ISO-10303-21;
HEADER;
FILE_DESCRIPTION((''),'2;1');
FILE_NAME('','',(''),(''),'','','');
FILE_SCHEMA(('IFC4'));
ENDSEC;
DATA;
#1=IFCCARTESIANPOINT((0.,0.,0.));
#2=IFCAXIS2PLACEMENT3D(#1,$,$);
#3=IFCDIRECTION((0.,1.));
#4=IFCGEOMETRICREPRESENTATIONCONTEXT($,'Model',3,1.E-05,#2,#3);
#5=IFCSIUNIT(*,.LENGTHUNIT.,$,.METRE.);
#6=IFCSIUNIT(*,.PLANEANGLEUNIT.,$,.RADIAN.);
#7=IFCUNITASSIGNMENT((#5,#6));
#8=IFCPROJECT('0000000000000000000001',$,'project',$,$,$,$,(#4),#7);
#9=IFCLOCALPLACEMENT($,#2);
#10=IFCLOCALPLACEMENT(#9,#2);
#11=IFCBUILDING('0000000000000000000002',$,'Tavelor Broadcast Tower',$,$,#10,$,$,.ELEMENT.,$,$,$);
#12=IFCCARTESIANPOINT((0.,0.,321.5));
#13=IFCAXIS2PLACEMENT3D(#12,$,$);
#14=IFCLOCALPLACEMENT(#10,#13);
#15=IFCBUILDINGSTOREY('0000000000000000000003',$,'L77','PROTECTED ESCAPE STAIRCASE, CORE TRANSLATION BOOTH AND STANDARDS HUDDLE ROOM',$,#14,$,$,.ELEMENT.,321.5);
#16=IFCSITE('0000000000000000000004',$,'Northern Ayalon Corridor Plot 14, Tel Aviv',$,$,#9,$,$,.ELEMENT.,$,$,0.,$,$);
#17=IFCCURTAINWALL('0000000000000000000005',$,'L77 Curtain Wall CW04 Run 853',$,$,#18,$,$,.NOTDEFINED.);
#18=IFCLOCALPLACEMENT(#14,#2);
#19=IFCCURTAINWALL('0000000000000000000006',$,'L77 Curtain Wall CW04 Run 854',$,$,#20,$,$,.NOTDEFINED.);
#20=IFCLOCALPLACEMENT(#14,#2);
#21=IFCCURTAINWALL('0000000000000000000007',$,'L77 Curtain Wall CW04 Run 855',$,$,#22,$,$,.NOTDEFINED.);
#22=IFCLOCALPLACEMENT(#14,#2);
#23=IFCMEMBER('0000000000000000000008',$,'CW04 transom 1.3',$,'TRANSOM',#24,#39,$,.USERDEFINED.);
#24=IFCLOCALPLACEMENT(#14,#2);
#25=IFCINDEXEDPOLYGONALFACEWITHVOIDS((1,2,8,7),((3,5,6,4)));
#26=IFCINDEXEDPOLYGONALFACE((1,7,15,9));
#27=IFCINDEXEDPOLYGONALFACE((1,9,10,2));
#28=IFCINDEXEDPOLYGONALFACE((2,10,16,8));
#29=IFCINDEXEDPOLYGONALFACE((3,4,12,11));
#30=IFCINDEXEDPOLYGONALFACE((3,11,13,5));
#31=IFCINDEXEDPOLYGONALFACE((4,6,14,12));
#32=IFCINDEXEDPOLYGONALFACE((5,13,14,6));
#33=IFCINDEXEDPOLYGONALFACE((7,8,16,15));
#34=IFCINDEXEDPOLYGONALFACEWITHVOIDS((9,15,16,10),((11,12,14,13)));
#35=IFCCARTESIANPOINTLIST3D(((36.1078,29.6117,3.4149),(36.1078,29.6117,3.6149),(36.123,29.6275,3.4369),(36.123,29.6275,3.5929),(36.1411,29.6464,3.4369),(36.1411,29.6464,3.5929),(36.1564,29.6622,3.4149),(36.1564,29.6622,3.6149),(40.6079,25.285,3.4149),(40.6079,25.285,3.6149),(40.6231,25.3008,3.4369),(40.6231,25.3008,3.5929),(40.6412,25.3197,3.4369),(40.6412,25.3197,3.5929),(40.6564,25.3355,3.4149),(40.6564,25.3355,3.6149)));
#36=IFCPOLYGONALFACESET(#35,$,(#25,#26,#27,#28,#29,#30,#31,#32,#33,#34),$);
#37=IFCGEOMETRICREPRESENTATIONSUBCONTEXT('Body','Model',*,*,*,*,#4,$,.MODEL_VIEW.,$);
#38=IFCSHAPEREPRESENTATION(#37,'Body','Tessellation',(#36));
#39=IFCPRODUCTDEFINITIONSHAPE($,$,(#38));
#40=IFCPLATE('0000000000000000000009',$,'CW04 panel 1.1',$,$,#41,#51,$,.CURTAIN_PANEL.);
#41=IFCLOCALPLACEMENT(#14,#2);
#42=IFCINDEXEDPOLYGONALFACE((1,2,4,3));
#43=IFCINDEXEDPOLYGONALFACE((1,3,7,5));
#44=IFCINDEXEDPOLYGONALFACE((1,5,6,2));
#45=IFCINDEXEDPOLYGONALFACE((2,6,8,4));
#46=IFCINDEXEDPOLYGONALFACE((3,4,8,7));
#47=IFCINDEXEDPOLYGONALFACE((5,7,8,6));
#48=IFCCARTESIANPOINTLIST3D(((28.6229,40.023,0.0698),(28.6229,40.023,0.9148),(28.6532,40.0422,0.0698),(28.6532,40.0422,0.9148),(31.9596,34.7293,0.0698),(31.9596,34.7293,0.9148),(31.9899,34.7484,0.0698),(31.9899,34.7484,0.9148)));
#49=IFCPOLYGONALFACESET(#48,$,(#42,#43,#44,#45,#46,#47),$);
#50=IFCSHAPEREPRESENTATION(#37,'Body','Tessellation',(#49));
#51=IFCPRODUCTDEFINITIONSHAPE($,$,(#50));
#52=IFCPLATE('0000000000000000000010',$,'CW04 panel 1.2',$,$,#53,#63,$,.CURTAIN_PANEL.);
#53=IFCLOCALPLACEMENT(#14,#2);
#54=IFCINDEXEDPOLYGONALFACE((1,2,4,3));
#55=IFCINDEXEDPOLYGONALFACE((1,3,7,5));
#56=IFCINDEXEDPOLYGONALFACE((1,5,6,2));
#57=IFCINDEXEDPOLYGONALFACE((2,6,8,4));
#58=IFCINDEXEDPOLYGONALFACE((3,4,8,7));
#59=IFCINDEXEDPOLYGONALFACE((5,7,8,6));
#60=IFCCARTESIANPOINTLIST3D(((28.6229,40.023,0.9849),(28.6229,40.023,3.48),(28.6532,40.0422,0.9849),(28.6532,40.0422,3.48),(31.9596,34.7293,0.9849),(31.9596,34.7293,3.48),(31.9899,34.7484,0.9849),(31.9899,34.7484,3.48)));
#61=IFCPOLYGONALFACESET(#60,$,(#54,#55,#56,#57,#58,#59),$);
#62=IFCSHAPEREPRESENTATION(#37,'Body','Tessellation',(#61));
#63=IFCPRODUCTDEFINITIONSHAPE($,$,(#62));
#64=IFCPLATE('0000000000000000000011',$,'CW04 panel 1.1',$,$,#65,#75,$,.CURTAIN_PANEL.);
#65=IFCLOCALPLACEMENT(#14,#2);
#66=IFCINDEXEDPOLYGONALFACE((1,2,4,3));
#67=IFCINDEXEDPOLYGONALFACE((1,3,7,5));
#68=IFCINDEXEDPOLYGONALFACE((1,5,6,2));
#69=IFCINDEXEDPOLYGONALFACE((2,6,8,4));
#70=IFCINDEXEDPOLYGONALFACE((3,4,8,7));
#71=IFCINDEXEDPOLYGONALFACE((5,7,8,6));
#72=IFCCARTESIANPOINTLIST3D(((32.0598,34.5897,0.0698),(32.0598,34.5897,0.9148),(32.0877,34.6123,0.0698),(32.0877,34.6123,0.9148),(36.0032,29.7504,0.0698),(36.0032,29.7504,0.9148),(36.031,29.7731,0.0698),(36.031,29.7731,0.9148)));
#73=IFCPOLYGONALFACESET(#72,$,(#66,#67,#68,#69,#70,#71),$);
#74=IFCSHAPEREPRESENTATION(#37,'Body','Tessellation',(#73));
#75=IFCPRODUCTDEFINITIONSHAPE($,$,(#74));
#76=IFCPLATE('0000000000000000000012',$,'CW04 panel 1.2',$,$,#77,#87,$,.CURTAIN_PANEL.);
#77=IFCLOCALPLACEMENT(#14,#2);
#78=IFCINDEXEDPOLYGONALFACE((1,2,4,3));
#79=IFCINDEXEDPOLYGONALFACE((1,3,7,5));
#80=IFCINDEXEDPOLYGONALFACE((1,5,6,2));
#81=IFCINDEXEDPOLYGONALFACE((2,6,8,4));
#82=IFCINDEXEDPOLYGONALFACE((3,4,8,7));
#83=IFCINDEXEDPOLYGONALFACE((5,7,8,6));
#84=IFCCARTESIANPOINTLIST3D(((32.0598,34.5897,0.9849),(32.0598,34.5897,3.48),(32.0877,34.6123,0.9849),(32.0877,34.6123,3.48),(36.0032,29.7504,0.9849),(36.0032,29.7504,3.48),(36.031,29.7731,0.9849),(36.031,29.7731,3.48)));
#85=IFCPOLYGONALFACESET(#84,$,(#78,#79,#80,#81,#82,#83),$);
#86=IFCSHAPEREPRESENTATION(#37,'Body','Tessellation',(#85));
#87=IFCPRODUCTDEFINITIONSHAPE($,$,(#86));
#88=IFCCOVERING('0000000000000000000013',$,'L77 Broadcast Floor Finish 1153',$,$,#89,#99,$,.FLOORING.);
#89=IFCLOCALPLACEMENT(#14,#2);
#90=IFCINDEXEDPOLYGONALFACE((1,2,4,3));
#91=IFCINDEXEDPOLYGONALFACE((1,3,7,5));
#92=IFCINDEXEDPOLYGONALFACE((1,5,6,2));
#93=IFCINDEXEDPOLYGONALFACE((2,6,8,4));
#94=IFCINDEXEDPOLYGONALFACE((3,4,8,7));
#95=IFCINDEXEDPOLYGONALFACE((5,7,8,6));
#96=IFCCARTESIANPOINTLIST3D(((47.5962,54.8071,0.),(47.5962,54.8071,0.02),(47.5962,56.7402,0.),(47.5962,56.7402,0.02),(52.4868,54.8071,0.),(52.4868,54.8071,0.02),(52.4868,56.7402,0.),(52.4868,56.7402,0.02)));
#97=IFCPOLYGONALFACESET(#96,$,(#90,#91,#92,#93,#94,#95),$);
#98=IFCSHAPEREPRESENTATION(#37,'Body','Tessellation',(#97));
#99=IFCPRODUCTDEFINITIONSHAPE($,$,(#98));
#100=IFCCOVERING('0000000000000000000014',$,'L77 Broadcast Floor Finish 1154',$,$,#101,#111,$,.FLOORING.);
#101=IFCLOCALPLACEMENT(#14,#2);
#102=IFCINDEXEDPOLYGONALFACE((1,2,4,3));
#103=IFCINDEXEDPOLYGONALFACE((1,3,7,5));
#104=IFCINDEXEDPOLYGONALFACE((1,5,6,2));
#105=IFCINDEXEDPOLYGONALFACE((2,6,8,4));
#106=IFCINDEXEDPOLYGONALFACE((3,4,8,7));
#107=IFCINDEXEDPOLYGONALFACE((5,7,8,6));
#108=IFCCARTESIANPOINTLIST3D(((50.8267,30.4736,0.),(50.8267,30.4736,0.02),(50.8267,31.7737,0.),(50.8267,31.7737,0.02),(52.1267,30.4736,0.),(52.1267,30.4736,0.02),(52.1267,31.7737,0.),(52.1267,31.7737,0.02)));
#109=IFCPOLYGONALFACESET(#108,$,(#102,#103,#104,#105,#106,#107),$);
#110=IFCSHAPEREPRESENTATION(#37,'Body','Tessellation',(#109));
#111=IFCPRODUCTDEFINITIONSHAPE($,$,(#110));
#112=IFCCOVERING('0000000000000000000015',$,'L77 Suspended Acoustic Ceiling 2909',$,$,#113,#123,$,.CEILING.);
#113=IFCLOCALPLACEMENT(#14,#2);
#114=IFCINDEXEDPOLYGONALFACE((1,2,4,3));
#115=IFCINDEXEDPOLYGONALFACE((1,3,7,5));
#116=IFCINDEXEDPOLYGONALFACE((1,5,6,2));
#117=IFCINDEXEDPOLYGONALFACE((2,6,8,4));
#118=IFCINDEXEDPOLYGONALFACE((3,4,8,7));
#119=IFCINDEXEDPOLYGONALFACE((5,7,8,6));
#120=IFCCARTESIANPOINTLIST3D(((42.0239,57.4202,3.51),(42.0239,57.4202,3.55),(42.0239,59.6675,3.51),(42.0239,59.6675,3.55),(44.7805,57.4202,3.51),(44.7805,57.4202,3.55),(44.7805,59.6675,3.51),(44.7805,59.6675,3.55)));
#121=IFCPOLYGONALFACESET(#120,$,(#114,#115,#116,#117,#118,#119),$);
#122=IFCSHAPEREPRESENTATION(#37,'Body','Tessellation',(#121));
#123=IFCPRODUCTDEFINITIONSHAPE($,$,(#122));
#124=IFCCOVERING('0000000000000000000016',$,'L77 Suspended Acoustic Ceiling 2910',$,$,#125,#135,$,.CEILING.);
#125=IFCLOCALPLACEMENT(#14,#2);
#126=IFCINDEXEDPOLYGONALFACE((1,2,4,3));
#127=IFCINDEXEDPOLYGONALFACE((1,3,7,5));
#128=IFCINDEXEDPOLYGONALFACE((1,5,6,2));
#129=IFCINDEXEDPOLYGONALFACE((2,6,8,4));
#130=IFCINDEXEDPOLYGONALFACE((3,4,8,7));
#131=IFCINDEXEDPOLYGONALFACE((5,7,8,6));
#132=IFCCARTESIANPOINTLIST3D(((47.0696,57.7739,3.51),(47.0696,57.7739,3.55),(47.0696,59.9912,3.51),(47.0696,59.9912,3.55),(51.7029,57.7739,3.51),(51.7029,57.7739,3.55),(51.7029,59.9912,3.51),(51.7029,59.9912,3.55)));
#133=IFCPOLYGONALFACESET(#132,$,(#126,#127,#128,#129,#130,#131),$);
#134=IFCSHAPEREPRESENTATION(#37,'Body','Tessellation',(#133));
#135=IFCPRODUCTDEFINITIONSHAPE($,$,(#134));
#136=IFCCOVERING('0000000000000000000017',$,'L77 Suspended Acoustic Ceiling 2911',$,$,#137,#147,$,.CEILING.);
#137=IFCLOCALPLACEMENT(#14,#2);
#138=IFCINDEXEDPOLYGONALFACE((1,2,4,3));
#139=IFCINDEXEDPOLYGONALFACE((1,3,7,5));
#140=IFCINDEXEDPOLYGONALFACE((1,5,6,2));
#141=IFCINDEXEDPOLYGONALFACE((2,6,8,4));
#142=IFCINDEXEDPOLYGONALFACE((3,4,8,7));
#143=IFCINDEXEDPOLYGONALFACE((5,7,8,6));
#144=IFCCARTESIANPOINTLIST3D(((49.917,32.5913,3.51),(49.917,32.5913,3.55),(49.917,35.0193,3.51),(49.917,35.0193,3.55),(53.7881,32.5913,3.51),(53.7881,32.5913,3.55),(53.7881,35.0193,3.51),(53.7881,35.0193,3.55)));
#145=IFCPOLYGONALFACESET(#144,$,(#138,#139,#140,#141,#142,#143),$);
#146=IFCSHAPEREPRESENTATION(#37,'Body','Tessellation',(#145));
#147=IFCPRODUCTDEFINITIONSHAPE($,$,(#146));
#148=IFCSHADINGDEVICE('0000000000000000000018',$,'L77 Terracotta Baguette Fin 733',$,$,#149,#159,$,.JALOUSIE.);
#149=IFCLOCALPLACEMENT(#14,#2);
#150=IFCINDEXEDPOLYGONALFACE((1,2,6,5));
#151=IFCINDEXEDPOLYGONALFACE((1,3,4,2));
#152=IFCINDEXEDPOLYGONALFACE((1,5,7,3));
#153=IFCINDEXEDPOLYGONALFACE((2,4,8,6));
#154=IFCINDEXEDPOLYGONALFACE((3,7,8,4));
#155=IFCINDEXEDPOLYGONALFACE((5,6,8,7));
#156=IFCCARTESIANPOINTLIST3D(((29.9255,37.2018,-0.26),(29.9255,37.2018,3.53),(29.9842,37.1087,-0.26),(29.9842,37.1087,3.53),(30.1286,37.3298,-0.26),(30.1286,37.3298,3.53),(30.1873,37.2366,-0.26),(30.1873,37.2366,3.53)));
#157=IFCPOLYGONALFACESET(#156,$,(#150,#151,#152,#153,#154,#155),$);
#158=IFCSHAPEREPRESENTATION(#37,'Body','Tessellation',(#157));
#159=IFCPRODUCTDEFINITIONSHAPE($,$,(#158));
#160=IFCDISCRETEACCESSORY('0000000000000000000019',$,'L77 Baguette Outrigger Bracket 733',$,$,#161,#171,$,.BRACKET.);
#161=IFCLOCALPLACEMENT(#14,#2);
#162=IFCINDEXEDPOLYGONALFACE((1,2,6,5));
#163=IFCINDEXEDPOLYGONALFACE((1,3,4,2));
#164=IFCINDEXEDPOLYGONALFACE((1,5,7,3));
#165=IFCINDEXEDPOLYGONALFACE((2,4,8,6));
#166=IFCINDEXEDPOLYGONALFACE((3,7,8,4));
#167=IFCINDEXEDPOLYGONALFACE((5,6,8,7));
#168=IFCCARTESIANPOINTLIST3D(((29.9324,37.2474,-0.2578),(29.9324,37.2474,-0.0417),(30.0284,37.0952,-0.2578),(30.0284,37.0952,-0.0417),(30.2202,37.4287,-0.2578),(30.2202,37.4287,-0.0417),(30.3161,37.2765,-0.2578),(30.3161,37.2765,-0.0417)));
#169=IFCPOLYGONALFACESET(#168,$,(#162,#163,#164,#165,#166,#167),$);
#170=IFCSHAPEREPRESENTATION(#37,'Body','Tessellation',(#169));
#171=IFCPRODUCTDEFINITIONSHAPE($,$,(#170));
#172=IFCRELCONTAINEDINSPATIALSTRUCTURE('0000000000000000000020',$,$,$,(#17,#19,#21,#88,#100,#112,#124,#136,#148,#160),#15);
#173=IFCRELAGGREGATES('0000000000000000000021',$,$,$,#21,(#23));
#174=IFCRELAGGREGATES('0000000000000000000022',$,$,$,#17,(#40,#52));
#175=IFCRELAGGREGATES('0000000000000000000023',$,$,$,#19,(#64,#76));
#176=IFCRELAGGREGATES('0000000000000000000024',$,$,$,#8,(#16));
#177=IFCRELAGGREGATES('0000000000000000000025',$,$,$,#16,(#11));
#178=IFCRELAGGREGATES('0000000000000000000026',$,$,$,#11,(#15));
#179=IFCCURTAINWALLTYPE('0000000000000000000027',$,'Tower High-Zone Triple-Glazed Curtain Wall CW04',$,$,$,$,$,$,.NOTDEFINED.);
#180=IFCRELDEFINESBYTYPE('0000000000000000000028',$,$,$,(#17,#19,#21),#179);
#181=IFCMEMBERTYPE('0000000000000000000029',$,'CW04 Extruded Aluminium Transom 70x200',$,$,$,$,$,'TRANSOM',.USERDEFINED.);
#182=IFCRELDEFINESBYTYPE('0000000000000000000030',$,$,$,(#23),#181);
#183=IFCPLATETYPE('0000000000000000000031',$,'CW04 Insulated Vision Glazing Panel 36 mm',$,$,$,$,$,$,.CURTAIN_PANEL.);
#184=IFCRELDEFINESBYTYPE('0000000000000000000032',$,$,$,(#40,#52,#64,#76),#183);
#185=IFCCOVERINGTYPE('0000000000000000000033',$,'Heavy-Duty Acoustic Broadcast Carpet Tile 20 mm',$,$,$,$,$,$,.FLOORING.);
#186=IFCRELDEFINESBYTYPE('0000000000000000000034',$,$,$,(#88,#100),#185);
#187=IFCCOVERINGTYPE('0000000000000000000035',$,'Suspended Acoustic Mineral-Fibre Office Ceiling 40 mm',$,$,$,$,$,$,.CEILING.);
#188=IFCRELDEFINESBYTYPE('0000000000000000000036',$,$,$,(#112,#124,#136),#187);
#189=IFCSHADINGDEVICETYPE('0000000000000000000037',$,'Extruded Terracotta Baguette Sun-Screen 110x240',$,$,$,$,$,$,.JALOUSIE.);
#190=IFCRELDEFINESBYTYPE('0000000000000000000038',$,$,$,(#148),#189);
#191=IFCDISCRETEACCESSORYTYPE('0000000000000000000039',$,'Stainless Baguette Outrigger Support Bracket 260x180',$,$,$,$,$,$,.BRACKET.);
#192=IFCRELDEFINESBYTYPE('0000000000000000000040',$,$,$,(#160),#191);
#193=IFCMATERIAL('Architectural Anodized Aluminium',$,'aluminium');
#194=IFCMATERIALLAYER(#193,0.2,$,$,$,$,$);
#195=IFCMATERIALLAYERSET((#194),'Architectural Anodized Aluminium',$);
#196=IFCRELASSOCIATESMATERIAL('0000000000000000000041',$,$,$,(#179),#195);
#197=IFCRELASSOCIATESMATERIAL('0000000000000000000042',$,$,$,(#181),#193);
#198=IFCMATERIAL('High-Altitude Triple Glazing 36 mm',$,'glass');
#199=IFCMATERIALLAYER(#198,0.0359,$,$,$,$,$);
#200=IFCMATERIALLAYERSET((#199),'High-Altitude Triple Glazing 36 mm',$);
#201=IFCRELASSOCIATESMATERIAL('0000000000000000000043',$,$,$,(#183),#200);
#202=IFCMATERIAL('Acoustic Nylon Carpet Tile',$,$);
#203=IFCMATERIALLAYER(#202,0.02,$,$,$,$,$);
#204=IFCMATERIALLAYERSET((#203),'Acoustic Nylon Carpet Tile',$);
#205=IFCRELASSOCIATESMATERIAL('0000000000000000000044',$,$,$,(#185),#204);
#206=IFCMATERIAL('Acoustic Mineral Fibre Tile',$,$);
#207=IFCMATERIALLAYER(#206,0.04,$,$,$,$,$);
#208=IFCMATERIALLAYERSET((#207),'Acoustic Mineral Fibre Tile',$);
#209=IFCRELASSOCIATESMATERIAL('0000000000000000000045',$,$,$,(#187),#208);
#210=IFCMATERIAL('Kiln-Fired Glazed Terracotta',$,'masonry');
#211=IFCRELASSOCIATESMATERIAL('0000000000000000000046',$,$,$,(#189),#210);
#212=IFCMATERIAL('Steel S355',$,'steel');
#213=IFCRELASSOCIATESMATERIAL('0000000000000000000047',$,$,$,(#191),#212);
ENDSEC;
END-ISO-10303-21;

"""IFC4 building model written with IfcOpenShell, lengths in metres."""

from ifc_helpers import new_model, si_unit, direction, frame, origin, origin_2d, place, context, subcontext, project, spatial, polyline, rectangle, hollow_rectangle, outline, extrude, source, transform, mapped, material, layer, layer_set, material_profile, profile_set, type_object, type_shapes, element, aggregate, save


model = new_model("IFC4")

# Units and contexts
model_context = context("Model", 3, precision=1e-05, world=origin(), true_north=direction((0.0, 1.0)))
body_context = subcontext(model_context, "Body", "Model", "MODEL_VIEW")
ifc_project = project(units=[si_unit("LENGTHUNIT", "METRE"), si_unit("PLANEANGLEUNIT", "RADIAN")], contexts=[model_context])

# Site, building, storey
site_placement = place(None, origin())
site = spatial("IfcSite", under=ifc_project, at=site_placement, Name="Northern Ayalon Corridor Plot 14, Tel Aviv", CompositionType="ELEMENT", RefElevation=0.0)
building_placement = place(site_placement, origin())
building = spatial("IfcBuilding", under=site, at=building_placement, Name="Tavelor Broadcast Tower", CompositionType="ELEMENT")
storey_placement = place(building_placement, frame((0.0, 0.0, 321.5)))
storey = spatial("IfcBuildingStorey", under=building, at=storey_placement, Name="L77", Description="PROTECTED ESCAPE STAIRCASE, CORE TRANSLATION BOOTH AND STANDARDS HUDDLE ROOM", CompositionType="ELEMENT", Elevation=321.5)

# Curtain wall
ifc_material_1 = material(Name="Architectural Anodized Aluminium", Category="aluminium")
ifc_layer_1 = layer(ifc_material_1, 0.2)
ifc_layer_set_1 = layer_set([ifc_layer_1], Name="Architectural Anodized Aluminium")
curtain_wall_type = type_object("IfcCurtainWallType", Name="Tower High-Zone Triple-Glazed Curtain Wall CW04", PredefinedType="NOTDEFINED", material=ifc_layer_set_1)
curtain_wall_1_placement = place(storey_placement, origin())
curtain_wall_1 = element("IfcCurtainWall", 1, at=curtain_wall_1_placement, inside=storey, type_object=curtain_wall_type, Name="L77 Curtain Wall CW04 Run 853", PredefinedType="NOTDEFINED")

# Curtain wall
curtain_wall_2_placement = place(storey_placement, origin())
curtain_wall_2 = element("IfcCurtainWall", 2, at=curtain_wall_2_placement, inside=storey, type_object=curtain_wall_type, Name="L77 Curtain Wall CW04 Run 854", PredefinedType="NOTDEFINED")

# Curtain wall
curtain_wall_3_placement = place(storey_placement, origin())
curtain_wall_3 = element("IfcCurtainWall", 3, at=curtain_wall_3_placement, inside=storey, type_object=curtain_wall_type, Name="L77 Curtain Wall CW04 Run 855", PredefinedType="NOTDEFINED")

# Member
ifc_material_profile_1 = material_profile(ifc_material_1, hollow_rectangle(XDim=0.0701, YDim=0.2, WallThickness=0.022, at=origin_2d()), Name="RHS 70x200x22")
ifc_profile_set_1 = profile_set([ifc_material_profile_1], Name="Architectural Anodized Aluminium")
member_type_1 = type_object("IfcMemberType", Name="CW04 Extruded Aluminium Transom 70x200", ElementType="TRANSOM", PredefinedType="USERDEFINED", material=ifc_profile_set_1)
shared_shape_1 = source(origin(), body_context, "Body", "SweptSolid", [
    extrude(hollow_rectangle(XDim=0.0701, YDim=0.2, WallThickness=0.022, at=origin_2d()), origin(), (0.0, 0.0, 1.0), 6.2427),
])
member_1_placement = place(storey_placement, frame((36.1321, 29.637, 3.5149), z_axis=(0.720854, -0.693087, 0.0), x_axis=(0.693087, 0.720854, 0.0)))
member_1 = element("IfcMember", 4, at=member_1_placement, type_object=member_type_1, Name="CW04 transom 1.3", ObjectType="TRANSOM", PredefinedType="USERDEFINED", context=body_context, shape_type="MappedRepresentation", body=[
    mapped(shared_shape_1, transform((0.0, 0.0, 0.0), scale=1.0)),
])
aggregate(curtain_wall_3, [member_1])

# Plates
ifc_material_2 = material(Name="High-Altitude Triple Glazing 36 mm", Category="glass")
ifc_layer_2 = layer(ifc_material_2, 0.0359)
ifc_layer_set_2 = layer_set([ifc_layer_2], Name="High-Altitude Triple Glazing 36 mm")
plate_type = type_object("IfcPlateType", Name="CW04 Insulated Vision Glazing Panel 36 mm", PredefinedType="CURTAIN_PANEL", material=ifc_layer_set_2)
shared_shape_2 = source(origin(), body_context, "Body", "SweptSolid", [
    extrude(rectangle(XDim=6.2576, YDim=0.0359, at=origin_2d()), origin(), (0.0, 0.0, 1.0), 0.845),
])
plate_1_placement = place(storey_placement, frame((30.3064, 37.3857, 0.0698), z_axis=(0.0, 0.0, 1.0), x_axis=(0.533225, -0.845973, 0.0)))
plate_1 = element("IfcPlate", 5, at=plate_1_placement, type_object=plate_type, Name="CW04 panel 1.1", PredefinedType="CURTAIN_PANEL", context=body_context, shape_type="MappedRepresentation", body=[
    mapped(shared_shape_2, transform((0.0, 0.0, 0.0), scale=1.0)),
])
shared_shape_3 = source(origin(), body_context, "Body", "SweptSolid", [
    extrude(rectangle(XDim=6.2576, YDim=0.0359, at=origin_2d()), origin(), (0.0, 0.0, 1.0), 2.4951),
])
plate_2_placement = place(storey_placement, frame((30.3064, 37.3857, 0.9849), z_axis=(0.0, 0.0, 1.0), x_axis=(0.533225, -0.845973, 0.0)))
plate_2 = element("IfcPlate", 6, at=plate_2_placement, type_object=plate_type, Name="CW04 panel 1.2", PredefinedType="CURTAIN_PANEL", context=body_context, shape_type="MappedRepresentation", body=[
    mapped(shared_shape_3, transform((0.0, 0.0, 0.0), scale=1.0)),
])
aggregate(curtain_wall_1, [plate_1, plate_2])
shared_shape_4 = source(origin(), body_context, "Body", "SweptSolid", [
    extrude(rectangle(XDim=6.2424, YDim=0.0359, at=origin_2d()), origin(), (0.0, 0.0, 1.0), 0.845),
])
plate_3_placement = place(storey_placement, frame((34.0454, 32.1814, 0.0698), z_axis=(0.0, 0.0, 1.0), x_axis=(0.631697, -0.775215, 0.0)))
plate_3 = element("IfcPlate", 7, at=plate_3_placement, type_object=plate_type, Name="CW04 panel 1.1", PredefinedType="CURTAIN_PANEL", context=body_context, shape_type="MappedRepresentation", body=[
    mapped(shared_shape_4, transform((0.0, 0.0, 0.0), scale=1.0)),
])
shared_shape_5 = source(origin(), body_context, "Body", "SweptSolid", [
    extrude(rectangle(XDim=6.2424, YDim=0.0359, at=origin_2d()), origin(), (0.0, 0.0, 1.0), 2.4951),
])
type_shapes(plate_type, [shared_shape_2, shared_shape_3, shared_shape_4, shared_shape_5])
plate_4_placement = place(storey_placement, frame((34.0454, 32.1814, 0.9849), z_axis=(0.0, 0.0, 1.0), x_axis=(0.631697, -0.775215, 0.0)))
plate_4 = element("IfcPlate", 8, at=plate_4_placement, type_object=plate_type, Name="CW04 panel 1.2", PredefinedType="CURTAIN_PANEL", context=body_context, shape_type="MappedRepresentation", body=[
    mapped(shared_shape_5, transform((0.0, 0.0, 0.0), scale=1.0)),
])
aggregate(curtain_wall_2, [plate_3, plate_4])

# Coverings
ifc_material_3 = material(Name="Acoustic Nylon Carpet Tile")
ifc_layer_3 = layer(ifc_material_3, 0.02)
ifc_layer_set_3 = layer_set([ifc_layer_3], Name="Acoustic Nylon Carpet Tile")
covering_type_1 = type_object("IfcCoveringType", Name="Heavy-Duty Acoustic Broadcast Carpet Tile 20 mm", PredefinedType="FLOORING", material=ifc_layer_set_3)
covering_1_placement = place(storey_placement, origin())
element("IfcCovering", 9, at=covering_1_placement, inside=storey, type_object=covering_type_1, Name="L77 Broadcast Floor Finish 1153", PredefinedType="FLOORING", context=body_context, shape_type="SweptSolid", body=[
    extrude(outline(polyline([(47.5962, 54.8071), (52.4868, 54.8071), (52.4868, 56.7402), (47.5962, 56.7402), (47.5962, 54.8071)])), origin(), (0.0, 0.0, 1.0), 0.02),
])
covering_2_placement = place(storey_placement, origin())
element("IfcCovering", 10, at=covering_2_placement, inside=storey, type_object=covering_type_1, Name="L77 Broadcast Floor Finish 1154", PredefinedType="FLOORING", context=body_context, shape_type="SweptSolid", body=[
    extrude(outline(polyline([(50.8267, 30.4736), (52.1267, 30.4736), (52.1267, 31.7737), (50.8267, 31.7737), (50.8267, 30.4736)])), origin(), (0.0, 0.0, 1.0), 0.02),
])
ifc_material_4 = material(Name="Acoustic Mineral Fibre Tile")
ifc_layer_4 = layer(ifc_material_4, 0.04)
ifc_layer_set_4 = layer_set([ifc_layer_4], Name="Acoustic Mineral Fibre Tile")
covering_type_2 = type_object("IfcCoveringType", Name="Suspended Acoustic Mineral-Fibre Office Ceiling 40 mm", PredefinedType="CEILING", material=ifc_layer_set_4)
covering_3_placement = place(storey_placement, frame((0.0, 0.0, 3.51)))
element("IfcCovering", 11, at=covering_3_placement, inside=storey, type_object=covering_type_2, Name="L77 Suspended Acoustic Ceiling 2909", PredefinedType="CEILING", context=body_context, shape_type="SweptSolid", body=[
    extrude(outline(polyline([(42.0239, 57.4202), (44.7805, 57.4202), (44.7805, 59.6675), (42.0239, 59.6675), (42.0239, 57.4202)])), origin(), (0.0, 0.0, 1.0), 0.04),
])
covering_4_placement = place(storey_placement, frame((0.0, 0.0, 3.51)))
element("IfcCovering", 12, at=covering_4_placement, inside=storey, type_object=covering_type_2, Name="L77 Suspended Acoustic Ceiling 2910", PredefinedType="CEILING", context=body_context, shape_type="SweptSolid", body=[
    extrude(outline(polyline([(47.0696, 57.7739), (51.7029, 57.7739), (51.7029, 59.9912), (47.0696, 59.9912), (47.0696, 57.7739)])), origin(), (0.0, 0.0, 1.0), 0.04),
])
covering_5_placement = place(storey_placement, frame((0.0, 0.0, 3.51)))
element("IfcCovering", 13, at=covering_5_placement, inside=storey, type_object=covering_type_2, Name="L77 Suspended Acoustic Ceiling 2911", PredefinedType="CEILING", context=body_context, shape_type="SweptSolid", body=[
    extrude(outline(polyline([(49.917, 32.5913), (53.7881, 32.5913), (53.7881, 35.0193), (49.917, 35.0193), (49.917, 32.5913)])), origin(), (0.0, 0.0, 1.0), 0.04),
])

# Shading device
ifc_material_5 = material(Name="Kiln-Fired Glazed Terracotta", Category="masonry")
shading_device_type = type_object("IfcShadingDeviceType", Name="Extruded Terracotta Baguette Sun-Screen 110x240", PredefinedType="JALOUSIE", material=ifc_material_5)
shared_shape_6 = source(origin(), body_context, "Body", "SweptSolid", [
    extrude(rectangle(XDim=0.1101, YDim=0.24, at=origin_2d()), origin(), (0.0, 0.0, 1.0), 3.79),
])
type_shapes(shading_device_type, [shared_shape_6])
shading_device_placement = place(storey_placement, frame((30.0564, 37.2192, -0.26), z_axis=(0.0, 0.0, 1.0), x_axis=(0.533172, -0.846007, 0.0)))
element("IfcShadingDevice", 14, at=shading_device_placement, inside=storey, type_object=shading_device_type, Name="L77 Terracotta Baguette Fin 733", PredefinedType="JALOUSIE", context=body_context, shape_type="MappedRepresentation", body=[
    mapped(shared_shape_6, transform((0.0, 0.0, 0.0), scale=1.0)),
])

# Discrete accessory
ifc_material_6 = material(Name="Steel S355", Category="steel")
discrete_accessory_type = type_object("IfcDiscreteAccessoryType", Name="Stainless Baguette Outrigger Support Bracket 260x180", PredefinedType="BRACKET", material=ifc_material_6)
shared_shape_7 = source(origin(), body_context, "Body", "SweptSolid", [
    extrude(rectangle(XDim=0.1799, YDim=0.3401, at=origin_2d()), origin(), (0.0, 0.0, 1.0), 0.2161),
])
type_shapes(discrete_accessory_type, [shared_shape_7])
discrete_accessory_placement = place(storey_placement, frame((30.1243, 37.262, -0.2578), z_axis=(0.0, 0.0, 1.0), x_axis=(0.533172, -0.846007, 0.0)))
element("IfcDiscreteAccessory", 15, at=discrete_accessory_placement, inside=storey, type_object=discrete_accessory_type, Name="L77 Baguette Outrigger Bracket 733", PredefinedType="BRACKET", context=body_context, shape_type="MappedRepresentation", body=[
    mapped(shared_shape_7, transform((0.0, 0.0, 0.0), scale=1.0)),
])

save(model, "model.ifc")
